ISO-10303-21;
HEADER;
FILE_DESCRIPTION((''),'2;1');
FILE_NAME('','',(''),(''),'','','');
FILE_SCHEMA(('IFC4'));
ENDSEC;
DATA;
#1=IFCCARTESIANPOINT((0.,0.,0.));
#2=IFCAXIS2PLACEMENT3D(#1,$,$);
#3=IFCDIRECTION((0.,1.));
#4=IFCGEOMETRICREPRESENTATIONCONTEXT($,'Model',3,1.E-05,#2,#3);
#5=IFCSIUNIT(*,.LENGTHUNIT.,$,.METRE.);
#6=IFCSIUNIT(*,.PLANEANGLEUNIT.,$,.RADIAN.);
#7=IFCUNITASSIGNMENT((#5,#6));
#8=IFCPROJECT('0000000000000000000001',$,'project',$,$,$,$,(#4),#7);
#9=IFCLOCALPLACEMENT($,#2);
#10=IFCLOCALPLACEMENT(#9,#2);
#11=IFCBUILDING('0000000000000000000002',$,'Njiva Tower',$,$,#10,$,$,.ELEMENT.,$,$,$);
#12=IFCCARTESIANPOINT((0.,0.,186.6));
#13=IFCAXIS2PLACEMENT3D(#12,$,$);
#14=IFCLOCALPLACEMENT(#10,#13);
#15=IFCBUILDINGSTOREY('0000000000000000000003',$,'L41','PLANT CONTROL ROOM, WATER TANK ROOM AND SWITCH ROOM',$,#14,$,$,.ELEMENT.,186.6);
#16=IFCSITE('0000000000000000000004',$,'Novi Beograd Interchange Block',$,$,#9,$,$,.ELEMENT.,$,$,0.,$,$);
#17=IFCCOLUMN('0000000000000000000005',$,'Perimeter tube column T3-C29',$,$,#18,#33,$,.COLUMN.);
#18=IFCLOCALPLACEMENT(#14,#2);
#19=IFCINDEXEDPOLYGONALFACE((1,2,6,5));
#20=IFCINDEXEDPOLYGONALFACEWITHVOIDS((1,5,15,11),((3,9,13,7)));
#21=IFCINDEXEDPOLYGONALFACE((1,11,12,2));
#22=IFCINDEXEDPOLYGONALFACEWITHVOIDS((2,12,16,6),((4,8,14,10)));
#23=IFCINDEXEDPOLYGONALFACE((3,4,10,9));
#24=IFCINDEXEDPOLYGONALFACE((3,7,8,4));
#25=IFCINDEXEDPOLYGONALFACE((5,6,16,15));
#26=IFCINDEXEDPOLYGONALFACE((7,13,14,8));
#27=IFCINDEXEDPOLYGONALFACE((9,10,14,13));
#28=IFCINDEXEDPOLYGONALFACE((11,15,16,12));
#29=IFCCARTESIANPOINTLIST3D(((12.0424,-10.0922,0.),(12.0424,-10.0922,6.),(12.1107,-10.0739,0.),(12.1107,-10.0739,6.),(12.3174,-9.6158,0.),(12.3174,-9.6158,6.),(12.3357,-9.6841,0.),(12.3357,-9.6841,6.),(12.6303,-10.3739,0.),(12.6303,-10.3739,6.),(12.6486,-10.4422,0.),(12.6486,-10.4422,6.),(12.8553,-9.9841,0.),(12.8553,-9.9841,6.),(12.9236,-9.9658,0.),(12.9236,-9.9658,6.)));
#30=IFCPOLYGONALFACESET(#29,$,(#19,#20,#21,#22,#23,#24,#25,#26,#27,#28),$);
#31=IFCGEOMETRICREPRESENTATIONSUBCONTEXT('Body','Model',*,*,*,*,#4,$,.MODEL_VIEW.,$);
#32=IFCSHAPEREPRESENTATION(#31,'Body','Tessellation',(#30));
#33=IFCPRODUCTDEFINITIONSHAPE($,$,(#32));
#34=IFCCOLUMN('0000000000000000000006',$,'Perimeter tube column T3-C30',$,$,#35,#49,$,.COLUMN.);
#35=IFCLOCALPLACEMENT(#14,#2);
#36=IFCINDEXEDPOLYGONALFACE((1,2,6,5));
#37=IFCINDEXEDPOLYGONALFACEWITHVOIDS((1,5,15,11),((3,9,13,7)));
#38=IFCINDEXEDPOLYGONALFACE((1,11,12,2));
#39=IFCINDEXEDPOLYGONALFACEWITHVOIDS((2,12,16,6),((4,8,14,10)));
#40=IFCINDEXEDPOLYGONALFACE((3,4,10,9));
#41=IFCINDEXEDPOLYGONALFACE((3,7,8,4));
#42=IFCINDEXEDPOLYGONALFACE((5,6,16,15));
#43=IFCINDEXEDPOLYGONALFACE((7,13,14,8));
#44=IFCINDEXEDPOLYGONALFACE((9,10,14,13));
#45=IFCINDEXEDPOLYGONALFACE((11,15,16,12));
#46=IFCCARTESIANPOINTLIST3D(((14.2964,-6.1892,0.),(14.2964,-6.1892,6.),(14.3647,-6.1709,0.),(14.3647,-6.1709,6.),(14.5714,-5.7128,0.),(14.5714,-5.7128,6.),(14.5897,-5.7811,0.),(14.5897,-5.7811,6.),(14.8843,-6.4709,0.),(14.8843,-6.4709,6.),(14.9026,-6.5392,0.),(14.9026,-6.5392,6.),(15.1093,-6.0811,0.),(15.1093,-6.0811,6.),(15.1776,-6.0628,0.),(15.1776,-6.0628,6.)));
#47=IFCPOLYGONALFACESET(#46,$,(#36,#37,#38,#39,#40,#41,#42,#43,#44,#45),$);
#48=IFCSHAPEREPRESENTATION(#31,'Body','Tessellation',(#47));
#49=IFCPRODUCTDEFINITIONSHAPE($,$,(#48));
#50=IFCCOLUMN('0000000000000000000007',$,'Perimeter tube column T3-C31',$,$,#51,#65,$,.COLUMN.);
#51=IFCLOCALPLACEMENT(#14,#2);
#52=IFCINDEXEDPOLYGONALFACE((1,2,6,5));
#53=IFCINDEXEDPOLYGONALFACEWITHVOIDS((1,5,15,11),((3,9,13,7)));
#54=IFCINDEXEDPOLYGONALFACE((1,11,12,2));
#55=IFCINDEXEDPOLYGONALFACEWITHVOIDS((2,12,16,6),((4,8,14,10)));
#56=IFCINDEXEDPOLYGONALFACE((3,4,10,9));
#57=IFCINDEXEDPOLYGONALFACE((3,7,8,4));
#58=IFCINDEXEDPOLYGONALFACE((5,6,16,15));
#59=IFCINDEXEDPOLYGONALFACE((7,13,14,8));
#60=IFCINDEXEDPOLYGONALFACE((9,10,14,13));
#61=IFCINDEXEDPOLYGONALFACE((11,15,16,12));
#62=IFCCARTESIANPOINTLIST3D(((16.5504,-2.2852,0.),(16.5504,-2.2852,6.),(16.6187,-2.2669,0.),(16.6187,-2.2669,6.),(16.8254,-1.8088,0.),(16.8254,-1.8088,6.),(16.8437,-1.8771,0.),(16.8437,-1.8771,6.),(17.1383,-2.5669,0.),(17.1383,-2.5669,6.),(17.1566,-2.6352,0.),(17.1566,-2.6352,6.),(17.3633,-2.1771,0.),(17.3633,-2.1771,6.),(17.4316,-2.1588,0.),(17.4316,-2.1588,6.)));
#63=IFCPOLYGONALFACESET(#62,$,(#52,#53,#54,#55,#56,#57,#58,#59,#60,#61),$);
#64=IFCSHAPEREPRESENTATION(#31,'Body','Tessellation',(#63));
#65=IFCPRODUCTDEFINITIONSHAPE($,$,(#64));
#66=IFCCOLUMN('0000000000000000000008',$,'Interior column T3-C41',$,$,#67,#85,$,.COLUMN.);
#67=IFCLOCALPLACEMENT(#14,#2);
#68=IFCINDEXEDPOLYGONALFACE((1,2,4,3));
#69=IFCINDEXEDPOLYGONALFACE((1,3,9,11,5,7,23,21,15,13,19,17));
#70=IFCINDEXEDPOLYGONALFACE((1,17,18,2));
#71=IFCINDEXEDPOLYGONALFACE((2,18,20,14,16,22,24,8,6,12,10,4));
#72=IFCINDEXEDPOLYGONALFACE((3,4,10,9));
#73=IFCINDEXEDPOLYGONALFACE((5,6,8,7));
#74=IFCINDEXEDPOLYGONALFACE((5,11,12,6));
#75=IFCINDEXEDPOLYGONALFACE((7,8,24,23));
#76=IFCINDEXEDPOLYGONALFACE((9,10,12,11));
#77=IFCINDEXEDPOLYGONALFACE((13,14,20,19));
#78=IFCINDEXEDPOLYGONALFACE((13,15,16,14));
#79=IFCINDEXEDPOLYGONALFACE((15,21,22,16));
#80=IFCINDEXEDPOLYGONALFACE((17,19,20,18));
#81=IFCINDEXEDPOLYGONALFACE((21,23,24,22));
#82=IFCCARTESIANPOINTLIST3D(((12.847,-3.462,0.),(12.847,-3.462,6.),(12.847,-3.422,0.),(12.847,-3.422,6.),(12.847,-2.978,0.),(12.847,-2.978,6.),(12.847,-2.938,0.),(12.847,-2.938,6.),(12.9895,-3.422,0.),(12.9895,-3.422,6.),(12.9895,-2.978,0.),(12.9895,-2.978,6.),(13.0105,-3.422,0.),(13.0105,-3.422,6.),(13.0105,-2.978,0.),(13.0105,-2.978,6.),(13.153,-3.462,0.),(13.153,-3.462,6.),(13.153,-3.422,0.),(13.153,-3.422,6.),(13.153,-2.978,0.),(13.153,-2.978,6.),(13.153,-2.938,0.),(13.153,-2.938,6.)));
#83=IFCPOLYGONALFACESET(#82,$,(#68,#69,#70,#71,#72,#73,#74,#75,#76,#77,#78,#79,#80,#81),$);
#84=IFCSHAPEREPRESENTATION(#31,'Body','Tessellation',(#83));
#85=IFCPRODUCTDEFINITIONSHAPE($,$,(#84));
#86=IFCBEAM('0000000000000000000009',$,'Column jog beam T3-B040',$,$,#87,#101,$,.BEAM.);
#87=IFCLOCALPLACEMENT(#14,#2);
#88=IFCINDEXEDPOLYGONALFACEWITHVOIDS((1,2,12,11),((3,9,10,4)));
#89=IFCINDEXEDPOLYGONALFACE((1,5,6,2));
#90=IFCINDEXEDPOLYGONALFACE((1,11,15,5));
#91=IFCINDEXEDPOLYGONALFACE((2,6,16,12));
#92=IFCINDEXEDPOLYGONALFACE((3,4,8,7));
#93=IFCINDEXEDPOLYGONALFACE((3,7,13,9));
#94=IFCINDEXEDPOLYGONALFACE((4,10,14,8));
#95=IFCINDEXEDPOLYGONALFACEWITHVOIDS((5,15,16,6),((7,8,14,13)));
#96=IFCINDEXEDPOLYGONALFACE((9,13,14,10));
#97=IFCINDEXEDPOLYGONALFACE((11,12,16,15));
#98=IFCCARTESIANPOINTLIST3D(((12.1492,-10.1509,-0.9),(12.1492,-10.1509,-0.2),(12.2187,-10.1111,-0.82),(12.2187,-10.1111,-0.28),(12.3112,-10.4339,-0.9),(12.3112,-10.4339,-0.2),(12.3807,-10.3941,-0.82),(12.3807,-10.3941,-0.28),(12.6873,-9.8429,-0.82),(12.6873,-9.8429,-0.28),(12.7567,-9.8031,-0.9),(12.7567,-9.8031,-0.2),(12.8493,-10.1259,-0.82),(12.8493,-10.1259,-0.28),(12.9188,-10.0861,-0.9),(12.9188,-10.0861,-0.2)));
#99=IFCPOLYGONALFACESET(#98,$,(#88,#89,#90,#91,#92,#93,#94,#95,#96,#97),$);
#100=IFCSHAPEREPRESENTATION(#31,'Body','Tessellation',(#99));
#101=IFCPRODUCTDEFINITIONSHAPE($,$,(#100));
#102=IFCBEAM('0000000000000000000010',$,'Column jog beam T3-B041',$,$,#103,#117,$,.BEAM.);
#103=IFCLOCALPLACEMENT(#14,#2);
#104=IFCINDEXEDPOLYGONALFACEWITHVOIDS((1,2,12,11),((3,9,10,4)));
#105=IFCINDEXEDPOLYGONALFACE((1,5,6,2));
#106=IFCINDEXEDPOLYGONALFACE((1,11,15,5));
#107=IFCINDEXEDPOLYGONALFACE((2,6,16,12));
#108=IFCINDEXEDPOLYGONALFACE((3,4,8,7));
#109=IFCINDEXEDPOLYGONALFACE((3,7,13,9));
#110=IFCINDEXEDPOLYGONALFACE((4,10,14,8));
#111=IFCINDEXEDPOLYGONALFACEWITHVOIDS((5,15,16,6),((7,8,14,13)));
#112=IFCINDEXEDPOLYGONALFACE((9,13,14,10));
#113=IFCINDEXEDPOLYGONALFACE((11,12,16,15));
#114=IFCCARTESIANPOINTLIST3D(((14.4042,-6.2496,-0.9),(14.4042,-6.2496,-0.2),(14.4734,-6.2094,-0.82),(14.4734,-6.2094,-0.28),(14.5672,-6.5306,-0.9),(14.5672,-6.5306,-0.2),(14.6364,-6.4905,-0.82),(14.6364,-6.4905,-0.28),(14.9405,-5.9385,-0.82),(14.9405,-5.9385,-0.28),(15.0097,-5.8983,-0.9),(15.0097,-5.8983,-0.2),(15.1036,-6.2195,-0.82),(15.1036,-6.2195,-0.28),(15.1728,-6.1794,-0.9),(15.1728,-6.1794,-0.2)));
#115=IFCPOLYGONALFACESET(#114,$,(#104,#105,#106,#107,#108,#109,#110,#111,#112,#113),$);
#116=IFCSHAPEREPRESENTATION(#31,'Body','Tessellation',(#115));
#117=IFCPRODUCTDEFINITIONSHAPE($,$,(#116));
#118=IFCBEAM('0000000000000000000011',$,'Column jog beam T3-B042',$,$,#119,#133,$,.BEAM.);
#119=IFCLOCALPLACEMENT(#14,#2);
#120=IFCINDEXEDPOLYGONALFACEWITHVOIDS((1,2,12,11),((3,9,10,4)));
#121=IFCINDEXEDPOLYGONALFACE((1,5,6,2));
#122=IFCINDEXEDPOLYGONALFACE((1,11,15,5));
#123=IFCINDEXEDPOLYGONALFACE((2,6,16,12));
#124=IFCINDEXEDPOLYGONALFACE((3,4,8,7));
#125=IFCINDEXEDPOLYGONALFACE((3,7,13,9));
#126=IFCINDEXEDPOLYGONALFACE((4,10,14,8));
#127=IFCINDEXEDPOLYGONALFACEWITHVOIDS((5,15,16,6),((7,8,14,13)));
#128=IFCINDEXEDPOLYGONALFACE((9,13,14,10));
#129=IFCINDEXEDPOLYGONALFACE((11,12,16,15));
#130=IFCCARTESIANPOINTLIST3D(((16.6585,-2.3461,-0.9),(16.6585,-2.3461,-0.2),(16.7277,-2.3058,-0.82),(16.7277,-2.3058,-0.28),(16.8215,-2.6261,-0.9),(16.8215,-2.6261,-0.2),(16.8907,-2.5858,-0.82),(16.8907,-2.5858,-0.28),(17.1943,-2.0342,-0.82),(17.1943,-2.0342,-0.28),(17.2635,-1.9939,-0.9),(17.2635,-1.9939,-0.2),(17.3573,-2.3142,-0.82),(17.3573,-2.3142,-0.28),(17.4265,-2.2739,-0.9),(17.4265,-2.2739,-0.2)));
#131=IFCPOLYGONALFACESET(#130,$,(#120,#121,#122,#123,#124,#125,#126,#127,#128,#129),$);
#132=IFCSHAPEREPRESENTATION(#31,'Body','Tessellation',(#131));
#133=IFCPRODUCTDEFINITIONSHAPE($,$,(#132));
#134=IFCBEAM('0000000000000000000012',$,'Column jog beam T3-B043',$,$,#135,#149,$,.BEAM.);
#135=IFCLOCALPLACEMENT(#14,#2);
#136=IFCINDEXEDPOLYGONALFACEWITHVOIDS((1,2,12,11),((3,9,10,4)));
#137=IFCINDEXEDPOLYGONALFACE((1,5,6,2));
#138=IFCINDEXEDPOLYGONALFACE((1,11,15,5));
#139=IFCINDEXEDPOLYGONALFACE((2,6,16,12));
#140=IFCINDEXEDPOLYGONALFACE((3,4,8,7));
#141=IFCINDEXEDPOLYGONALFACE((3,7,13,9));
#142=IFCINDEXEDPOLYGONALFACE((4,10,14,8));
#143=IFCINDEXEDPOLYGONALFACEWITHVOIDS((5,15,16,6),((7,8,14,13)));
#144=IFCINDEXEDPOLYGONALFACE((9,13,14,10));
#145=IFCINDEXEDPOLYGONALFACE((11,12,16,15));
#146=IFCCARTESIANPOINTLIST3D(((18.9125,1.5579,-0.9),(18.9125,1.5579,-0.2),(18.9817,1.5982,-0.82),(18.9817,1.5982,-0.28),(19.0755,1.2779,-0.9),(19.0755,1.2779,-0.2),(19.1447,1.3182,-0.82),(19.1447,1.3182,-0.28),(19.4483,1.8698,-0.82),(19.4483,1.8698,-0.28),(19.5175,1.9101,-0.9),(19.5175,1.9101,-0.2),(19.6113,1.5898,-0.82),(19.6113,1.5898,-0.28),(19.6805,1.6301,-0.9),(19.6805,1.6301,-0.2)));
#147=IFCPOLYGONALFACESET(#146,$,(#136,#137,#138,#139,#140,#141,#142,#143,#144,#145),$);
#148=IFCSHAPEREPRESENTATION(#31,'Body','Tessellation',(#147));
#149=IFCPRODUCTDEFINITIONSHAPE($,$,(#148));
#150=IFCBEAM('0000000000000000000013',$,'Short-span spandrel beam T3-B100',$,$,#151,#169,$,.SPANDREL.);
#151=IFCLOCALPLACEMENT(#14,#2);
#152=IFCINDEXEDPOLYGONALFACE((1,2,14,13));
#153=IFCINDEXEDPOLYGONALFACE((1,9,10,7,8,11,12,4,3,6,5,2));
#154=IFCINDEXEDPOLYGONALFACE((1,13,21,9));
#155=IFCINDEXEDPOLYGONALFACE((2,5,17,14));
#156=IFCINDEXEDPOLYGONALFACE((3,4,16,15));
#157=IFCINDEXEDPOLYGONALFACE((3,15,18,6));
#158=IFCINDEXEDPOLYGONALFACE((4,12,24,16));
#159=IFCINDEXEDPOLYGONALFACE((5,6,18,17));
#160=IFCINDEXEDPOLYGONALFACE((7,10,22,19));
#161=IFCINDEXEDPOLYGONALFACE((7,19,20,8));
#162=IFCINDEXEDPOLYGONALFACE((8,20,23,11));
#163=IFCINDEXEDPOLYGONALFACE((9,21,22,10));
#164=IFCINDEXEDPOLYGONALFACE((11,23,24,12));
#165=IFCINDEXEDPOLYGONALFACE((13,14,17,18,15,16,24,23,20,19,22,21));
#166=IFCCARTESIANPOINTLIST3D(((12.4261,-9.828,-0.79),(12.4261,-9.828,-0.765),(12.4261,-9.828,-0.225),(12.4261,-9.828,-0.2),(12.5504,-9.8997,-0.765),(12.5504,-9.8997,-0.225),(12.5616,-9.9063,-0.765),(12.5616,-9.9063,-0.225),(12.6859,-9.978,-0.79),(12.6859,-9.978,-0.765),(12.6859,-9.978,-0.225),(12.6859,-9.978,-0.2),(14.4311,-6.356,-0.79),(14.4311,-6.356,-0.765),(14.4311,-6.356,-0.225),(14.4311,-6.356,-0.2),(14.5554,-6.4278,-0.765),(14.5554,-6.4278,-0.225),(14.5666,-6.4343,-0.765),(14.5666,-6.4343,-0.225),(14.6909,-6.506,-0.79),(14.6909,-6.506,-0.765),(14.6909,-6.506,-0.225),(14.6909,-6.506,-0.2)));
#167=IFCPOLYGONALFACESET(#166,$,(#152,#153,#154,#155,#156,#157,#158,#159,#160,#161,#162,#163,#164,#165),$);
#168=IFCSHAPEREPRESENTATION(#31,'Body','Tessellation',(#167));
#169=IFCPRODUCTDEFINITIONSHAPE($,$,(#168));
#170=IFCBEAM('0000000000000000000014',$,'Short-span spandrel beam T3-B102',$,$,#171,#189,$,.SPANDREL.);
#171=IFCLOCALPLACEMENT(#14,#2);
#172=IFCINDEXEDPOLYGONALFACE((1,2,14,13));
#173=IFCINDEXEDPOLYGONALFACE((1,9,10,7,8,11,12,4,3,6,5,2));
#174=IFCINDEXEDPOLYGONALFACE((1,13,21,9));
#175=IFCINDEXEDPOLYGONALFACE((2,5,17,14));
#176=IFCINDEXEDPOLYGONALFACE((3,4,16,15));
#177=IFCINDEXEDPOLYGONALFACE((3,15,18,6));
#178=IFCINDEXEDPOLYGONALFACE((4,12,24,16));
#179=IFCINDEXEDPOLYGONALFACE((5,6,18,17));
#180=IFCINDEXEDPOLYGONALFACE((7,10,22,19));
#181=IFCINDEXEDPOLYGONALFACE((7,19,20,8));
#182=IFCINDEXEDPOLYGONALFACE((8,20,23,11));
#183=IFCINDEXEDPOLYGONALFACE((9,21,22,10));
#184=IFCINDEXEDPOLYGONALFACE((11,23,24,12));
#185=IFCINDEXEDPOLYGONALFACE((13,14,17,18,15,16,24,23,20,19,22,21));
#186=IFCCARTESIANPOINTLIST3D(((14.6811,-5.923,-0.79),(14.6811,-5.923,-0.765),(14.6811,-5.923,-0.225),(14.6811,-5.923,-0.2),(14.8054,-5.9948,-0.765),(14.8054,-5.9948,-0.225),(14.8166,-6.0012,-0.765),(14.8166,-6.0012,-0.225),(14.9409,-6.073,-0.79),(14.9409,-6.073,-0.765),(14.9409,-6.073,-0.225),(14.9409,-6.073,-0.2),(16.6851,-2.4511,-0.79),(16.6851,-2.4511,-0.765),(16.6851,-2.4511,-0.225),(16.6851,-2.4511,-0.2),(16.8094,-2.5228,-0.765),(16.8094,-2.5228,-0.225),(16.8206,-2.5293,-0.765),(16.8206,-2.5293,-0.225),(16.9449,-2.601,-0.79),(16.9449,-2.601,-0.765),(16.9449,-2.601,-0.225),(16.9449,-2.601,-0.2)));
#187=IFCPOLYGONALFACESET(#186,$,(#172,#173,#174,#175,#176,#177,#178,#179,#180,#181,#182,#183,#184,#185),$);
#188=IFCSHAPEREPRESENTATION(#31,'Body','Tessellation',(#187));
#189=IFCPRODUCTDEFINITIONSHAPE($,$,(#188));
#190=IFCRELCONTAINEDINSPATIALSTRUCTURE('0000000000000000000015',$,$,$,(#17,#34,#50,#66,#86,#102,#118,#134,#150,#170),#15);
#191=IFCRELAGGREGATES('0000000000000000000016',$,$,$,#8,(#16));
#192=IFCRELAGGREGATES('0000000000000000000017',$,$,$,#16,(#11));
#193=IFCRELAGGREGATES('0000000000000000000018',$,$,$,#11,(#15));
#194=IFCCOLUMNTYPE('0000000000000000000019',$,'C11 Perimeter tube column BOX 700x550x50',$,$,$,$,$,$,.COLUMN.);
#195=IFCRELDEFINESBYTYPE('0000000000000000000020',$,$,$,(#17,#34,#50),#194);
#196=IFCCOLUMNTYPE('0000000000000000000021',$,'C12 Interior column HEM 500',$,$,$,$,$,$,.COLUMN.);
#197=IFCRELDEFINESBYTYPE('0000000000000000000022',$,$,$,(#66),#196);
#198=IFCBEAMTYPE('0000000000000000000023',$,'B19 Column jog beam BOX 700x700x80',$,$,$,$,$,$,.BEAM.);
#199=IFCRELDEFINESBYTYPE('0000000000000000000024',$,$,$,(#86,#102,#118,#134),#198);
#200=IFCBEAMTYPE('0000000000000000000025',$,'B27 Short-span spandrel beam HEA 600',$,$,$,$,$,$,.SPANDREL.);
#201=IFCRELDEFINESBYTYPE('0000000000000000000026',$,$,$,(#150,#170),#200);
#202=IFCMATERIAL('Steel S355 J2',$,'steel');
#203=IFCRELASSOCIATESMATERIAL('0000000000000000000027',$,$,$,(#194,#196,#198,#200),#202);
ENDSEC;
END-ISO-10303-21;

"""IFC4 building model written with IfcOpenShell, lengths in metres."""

from ifc_helpers import new_model, si_unit, direction, frame, origin, origin_2d, place, context, subcontext, project, spatial, hollow_rectangle, i_section, extrude, material, material_profile, profile_set, type_object, element, save


model = new_model("IFC4")

# Units and contexts
model_context = context("Model", 3, precision=1e-05, world=origin(), true_north=direction((0.0, 1.0)))
body_context = subcontext(model_context, "Body", "Model", "MODEL_VIEW")
ifc_project = project(units=[si_unit("LENGTHUNIT", "METRE"), si_unit("PLANEANGLEUNIT", "RADIAN")], contexts=[model_context])

# Site, building, storey
site_placement = place(None, origin())
site = spatial("IfcSite", under=ifc_project, at=site_placement, Name="Novi Beograd Interchange Block", CompositionType="ELEMENT", RefElevation=0.0)
building_placement = place(site_placement, origin())
building = spatial("IfcBuilding", under=site, at=building_placement, Name="Njiva Tower", CompositionType="ELEMENT")
storey_placement = place(building_placement, frame((0.0, 0.0, 186.6)))
storey = spatial("IfcBuildingStorey", under=building, at=storey_placement, Name="L41", Description="PLANT CONTROL ROOM, WATER TANK ROOM AND SWITCH ROOM", CompositionType="ELEMENT", Elevation=186.6)

# Columns
ifc_material_1 = material(Name="Steel S355 J2", Category="steel")
ifc_material_profile_1 = material_profile(ifc_material_1, hollow_rectangle(XDim=0.55, YDim=0.7, WallThickness=0.05, at=origin_2d()), Name="BOX 700x550x50")
ifc_profile_set_1 = profile_set([ifc_material_profile_1], Name="Steel S355 J2")
column_type_1 = type_object("IfcColumnType", Name="C11 Perimeter tube column BOX 700x550x50", PredefinedType="COLUMN", material=ifc_profile_set_1)
for number, where, z_axis, x_axis, name in (
    (1, (12.483, -10.029, 0.0), (0.0, 0.0, 1.0), (0.5, 0.866025, 0.0), "Perimeter tube column T3-C29"),
    (2, (14.737, -6.126, 0.0), (0.0, 0.0, 1.0), (0.5, 0.866025, 0.0), "Perimeter tube column T3-C30"),
    (3, (16.991, -2.222, 0.0), (0.0, 0.0, 1.0), (0.5, 0.866025, 0.0), "Perimeter tube column T3-C31"),
):
    element("IfcColumn", number, at=place(storey_placement, frame(where, z_axis=z_axis, x_axis=x_axis)), inside=storey, type_object=column_type_1, Name=name, PredefinedType="COLUMN", context=body_context, shape_type="SweptSolid", body=[
        extrude(hollow_rectangle(XDim=0.55, YDim=0.7, WallThickness=0.05, at=origin_2d()), origin(), (0.0, 0.0, 1.0), 6.0),
    ])
ifc_material_profile_2 = material_profile(ifc_material_1, i_section(OverallWidth=0.306, OverallDepth=0.524, WebThickness=0.021, FlangeThickness=0.04, at=origin_2d()), Name="HEM 500")
ifc_profile_set_2 = profile_set([ifc_material_profile_2], Name="Steel S355 J2")
column_type_2 = type_object("IfcColumnType", Name="C12 Interior column HEM 500", PredefinedType="COLUMN", material=ifc_profile_set_2)
column_placement = place(storey_placement, frame((13.0, -3.2, 0.0), z_axis=(0.0, 0.0, 1.0), x_axis=(1.0, 0.0, 0.0)))
element("IfcColumn", 4, at=column_placement, inside=storey, type_object=column_type_2, Name="Interior column T3-C41", PredefinedType="COLUMN", context=body_context, shape_type="SweptSolid", body=[
    extrude(i_section(OverallWidth=0.306, OverallDepth=0.524, WebThickness=0.021, FlangeThickness=0.04, at=origin_2d()), origin(), (0.0, 0.0, 1.0), 6.0),
])

# Beams
ifc_material_profile_3 = material_profile(ifc_material_1, hollow_rectangle(XDim=0.7, YDim=0.7, WallThickness=0.08, at=origin_2d()), Name="BOX 700x700x80")
ifc_profile_set_3 = profile_set([ifc_material_profile_3], Name="Steel S355 J2")
beam_type_1 = type_object("IfcBeamType", Name="B19 Column jog beam BOX 700x700x80", PredefinedType="BEAM", material=ifc_profile_set_3)
beam_1_placement = place(storey_placement, frame((12.615, -10.26, -0.55), z_axis=(-0.496799, 0.867865, 0.0), x_axis=(-0.867865, -0.496799, 0.0)))
element("IfcBeam", 5, at=beam_1_placement, inside=storey, type_object=beam_type_1, Name="Column jog beam T3-B040", PredefinedType="BEAM", context=body_context, shape_type="SweptSolid", body=[
    extrude(hollow_rectangle(XDim=0.7, YDim=0.7, WallThickness=0.08, at=origin_2d()), origin(), (0.0, 0.0, 1.0), 0.3261),
])
beam_2_placement = place(storey_placement, frame((14.87, -6.355, -0.55), z_axis=(-0.501764, 0.865004, 0.0), x_axis=(-0.865004, -0.501764, 0.0)))
element("IfcBeam", 6, at=beam_2_placement, inside=storey, type_object=beam_type_1, Name="Column jog beam T3-B041", PredefinedType="BEAM", context=body_context, shape_type="SweptSolid", body=[
    extrude(hollow_rectangle(XDim=0.7, YDim=0.7, WallThickness=0.08, at=origin_2d()), origin(), (0.0, 0.0, 1.0), 0.3249),
])
for number, where, z_axis, x_axis, name in (
    (7, (17.124, -2.45, -0.55), (-0.503103, 0.864226, 0.0), (-0.864226, -0.503103, 0.0), "Column jog beam T3-B042"),
    (8, (19.378, 1.454, -0.55), (-0.503103, 0.864226, 0.0), (-0.864226, -0.503103, 0.0), "Column jog beam T3-B043"),
):
    element("IfcBeam", number, at=place(storey_placement, frame(where, z_axis=z_axis, x_axis=x_axis)), inside=storey, type_object=beam_type_1, Name=name, PredefinedType="BEAM", context=body_context, shape_type="SweptSolid", body=[
        extrude(hollow_rectangle(XDim=0.7, YDim=0.7, WallThickness=0.08, at=origin_2d()), origin(), (0.0, 0.0, 1.0), 0.324),
    ])
ifc_material_profile_4 = material_profile(ifc_material_1, i_section(OverallWidth=0.3, OverallDepth=0.59, WebThickness=0.013, FlangeThickness=0.025, at=origin_2d()), Name="HEA 600")
ifc_profile_set_4 = profile_set([ifc_material_profile_4], Name="Steel S355 J2")
beam_type_2 = type_object("IfcBeamType", Name="B27 Short-span spandrel beam HEA 600", PredefinedType="SPANDREL", material=ifc_profile_set_4)
beam_3_placement = place(storey_placement, frame((12.556, -9.903, -0.495), z_axis=(0.500082, 0.865978, 0.0), x_axis=(-0.865978, 0.500082, 0.0)))
element("IfcBeam", 9, at=beam_3_placement, inside=storey, type_object=beam_type_2, Name="Short-span spandrel beam T3-B100", PredefinedType="SPANDREL", context=body_context, shape_type="SweptSolid", body=[
    extrude(i_section(OverallWidth=0.3, OverallDepth=0.59, WebThickness=0.013, FlangeThickness=0.025, at=origin_2d()), origin(), (0.0, 0.0, 1.0), 4.0093),
])
beam_4_placement = place(storey_placement, frame((14.811, -5.998, -0.495), z_axis=(0.499895, 0.866086, 0.0), x_axis=(-0.866086, 0.499895, 0.0)))
element("IfcBeam", 10, at=beam_4_placement, inside=storey, type_object=beam_type_2, Name="Short-span spandrel beam T3-B102", PredefinedType="SPANDREL", context=body_context, shape_type="SweptSolid", body=[
    extrude(i_section(OverallWidth=0.3, OverallDepth=0.59, WebThickness=0.013, FlangeThickness=0.025, at=origin_2d()), origin(), (0.0, 0.0, 1.0), 4.0088),
])

save(model, "model.ifc")
